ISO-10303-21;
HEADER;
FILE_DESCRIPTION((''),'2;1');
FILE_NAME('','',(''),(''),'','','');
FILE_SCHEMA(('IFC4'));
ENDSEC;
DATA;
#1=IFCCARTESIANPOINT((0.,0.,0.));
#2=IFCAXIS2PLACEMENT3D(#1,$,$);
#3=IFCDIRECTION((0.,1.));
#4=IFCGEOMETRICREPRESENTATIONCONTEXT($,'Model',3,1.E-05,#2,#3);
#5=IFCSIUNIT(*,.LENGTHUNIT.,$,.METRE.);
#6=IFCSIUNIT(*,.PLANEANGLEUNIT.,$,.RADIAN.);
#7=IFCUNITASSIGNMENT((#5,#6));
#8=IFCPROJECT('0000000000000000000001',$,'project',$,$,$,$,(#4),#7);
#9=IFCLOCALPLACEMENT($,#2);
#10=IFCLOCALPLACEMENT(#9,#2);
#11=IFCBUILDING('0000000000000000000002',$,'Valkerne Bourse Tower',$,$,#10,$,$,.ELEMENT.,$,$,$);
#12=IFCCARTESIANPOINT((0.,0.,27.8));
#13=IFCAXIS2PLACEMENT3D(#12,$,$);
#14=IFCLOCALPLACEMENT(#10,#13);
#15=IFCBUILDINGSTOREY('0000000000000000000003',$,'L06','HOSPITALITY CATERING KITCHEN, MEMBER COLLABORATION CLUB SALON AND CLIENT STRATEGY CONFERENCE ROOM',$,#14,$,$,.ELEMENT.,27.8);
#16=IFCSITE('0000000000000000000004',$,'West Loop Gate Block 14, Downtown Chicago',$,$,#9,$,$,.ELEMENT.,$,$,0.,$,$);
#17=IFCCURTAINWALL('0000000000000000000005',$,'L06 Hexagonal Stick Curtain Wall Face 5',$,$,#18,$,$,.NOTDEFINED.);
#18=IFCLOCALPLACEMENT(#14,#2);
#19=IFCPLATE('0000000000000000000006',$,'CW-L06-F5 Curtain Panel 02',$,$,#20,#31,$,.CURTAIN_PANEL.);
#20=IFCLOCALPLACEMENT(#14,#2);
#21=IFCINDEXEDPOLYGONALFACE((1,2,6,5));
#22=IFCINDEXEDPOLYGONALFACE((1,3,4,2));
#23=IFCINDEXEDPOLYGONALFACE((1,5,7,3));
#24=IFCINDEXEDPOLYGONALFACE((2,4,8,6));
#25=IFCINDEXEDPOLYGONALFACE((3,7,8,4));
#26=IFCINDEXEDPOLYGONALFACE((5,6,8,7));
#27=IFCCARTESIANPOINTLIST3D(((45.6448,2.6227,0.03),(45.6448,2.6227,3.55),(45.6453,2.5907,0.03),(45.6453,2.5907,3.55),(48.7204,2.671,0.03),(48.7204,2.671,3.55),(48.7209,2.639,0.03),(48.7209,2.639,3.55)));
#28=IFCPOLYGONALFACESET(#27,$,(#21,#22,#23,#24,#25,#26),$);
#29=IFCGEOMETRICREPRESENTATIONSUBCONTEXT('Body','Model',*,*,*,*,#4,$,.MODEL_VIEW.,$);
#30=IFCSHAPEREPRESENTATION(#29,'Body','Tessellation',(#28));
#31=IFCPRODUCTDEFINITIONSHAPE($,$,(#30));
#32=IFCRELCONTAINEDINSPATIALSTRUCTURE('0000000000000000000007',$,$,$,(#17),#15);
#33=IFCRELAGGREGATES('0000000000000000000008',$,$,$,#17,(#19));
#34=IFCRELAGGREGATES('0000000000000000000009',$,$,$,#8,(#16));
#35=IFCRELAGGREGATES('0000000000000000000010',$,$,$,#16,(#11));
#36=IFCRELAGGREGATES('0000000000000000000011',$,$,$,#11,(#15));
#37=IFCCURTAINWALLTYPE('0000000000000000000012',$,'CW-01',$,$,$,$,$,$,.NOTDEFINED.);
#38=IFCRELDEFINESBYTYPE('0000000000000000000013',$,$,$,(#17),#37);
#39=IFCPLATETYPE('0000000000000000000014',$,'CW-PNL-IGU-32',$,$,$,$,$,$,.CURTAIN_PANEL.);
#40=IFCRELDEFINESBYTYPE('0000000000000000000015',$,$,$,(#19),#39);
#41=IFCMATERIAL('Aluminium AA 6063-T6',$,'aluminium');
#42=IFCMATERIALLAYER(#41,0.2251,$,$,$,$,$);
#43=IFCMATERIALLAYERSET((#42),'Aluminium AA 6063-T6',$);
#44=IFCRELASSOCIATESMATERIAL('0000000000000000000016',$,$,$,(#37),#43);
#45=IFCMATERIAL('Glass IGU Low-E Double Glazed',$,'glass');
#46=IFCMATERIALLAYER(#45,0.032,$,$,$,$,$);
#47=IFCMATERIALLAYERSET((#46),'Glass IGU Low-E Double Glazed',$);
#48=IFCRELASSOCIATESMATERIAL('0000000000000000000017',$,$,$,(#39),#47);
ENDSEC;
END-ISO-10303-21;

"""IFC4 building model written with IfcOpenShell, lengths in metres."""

from ifc_helpers import new_model, si_unit, direction, frame, origin, origin_2d, place, context, subcontext, project, spatial, rectangle, extrude, material, layer, layer_set, type_object, element, aggregate, save


model = new_model("IFC4")

# Units and contexts
model_context = context("Model", 3, precision=1e-05, world=origin(), true_north=direction((0.0, 1.0)))
body_context = subcontext(model_context, "Body", "Model", "MODEL_VIEW")
ifc_project = project(units=[si_unit("LENGTHUNIT", "METRE"), si_unit("PLANEANGLEUNIT", "RADIAN")], contexts=[model_context])

# Site, building, storey
site_placement = place(None, origin())
site = spatial("IfcSite", under=ifc_project, at=site_placement, Name="West Loop Gate Block 14, Downtown Chicago", CompositionType="ELEMENT", RefElevation=0.0)
building_placement = place(site_placement, origin())
building = spatial("IfcBuilding", under=site, at=building_placement, Name="Valkerne Bourse Tower", CompositionType="ELEMENT")
storey_placement = place(building_placement, frame((0.0, 0.0, 27.8)))
storey = spatial("IfcBuildingStorey", under=building, at=storey_placement, Name="L06", Description="HOSPITALITY CATERING KITCHEN, MEMBER COLLABORATION CLUB SALON AND CLIENT STRATEGY CONFERENCE ROOM", CompositionType="ELEMENT", Elevation=27.8)

# Curtain wall
ifc_material_1 = material(Name="Aluminium AA 6063-T6", Category="aluminium")
ifc_layer_1 = layer(ifc_material_1, 0.2251)
ifc_layer_set_1 = layer_set([ifc_layer_1], Name="Aluminium AA 6063-T6")
curtain_wall_type = type_object("IfcCurtainWallType", Name="CW-01", PredefinedType="NOTDEFINED", material=ifc_layer_set_1)
curtain_wall_placement = place(storey_placement, origin())
curtain_wall = element("IfcCurtainWall", 1, at=curtain_wall_placement, inside=storey, type_object=curtain_wall_type, Name="L06 Hexagonal Stick Curtain Wall Face 5", PredefinedType="NOTDEFINED")

# Plate
ifc_material_2 = material(Name="Glass IGU Low-E Double Glazed", Category="glass")
ifc_layer_2 = layer(ifc_material_2, 0.032)
ifc_layer_set_2 = layer_set([ifc_layer_2], Name="Glass IGU Low-E Double Glazed")
plate_type = type_object("IfcPlateType", Name="CW-PNL-IGU-32", PredefinedType="CURTAIN_PANEL", material=ifc_layer_set_2)
plate_1_placement = place(storey_placement, frame((47.1829, 2.6309, 0.03), z_axis=(0.0, 0.0, 1.0), x_axis=(0.999877, 0.015691, 0.0)))
plate_1 = element("IfcPlate", 2, at=plate_1_placement, type_object=plate_type, Name="CW-L06-F5 Curtain Panel 02", PredefinedType="CURTAIN_PANEL", context=body_context, shape_type="SweptSolid", body=[
    extrude(rectangle(XDim=3.0759, YDim=0.032, at=origin_2d()), origin(), (0.0, 0.0, 1.0), 3.52),
])
aggregate(curtain_wall, [plate_1])

save(model, "model.ifc")
